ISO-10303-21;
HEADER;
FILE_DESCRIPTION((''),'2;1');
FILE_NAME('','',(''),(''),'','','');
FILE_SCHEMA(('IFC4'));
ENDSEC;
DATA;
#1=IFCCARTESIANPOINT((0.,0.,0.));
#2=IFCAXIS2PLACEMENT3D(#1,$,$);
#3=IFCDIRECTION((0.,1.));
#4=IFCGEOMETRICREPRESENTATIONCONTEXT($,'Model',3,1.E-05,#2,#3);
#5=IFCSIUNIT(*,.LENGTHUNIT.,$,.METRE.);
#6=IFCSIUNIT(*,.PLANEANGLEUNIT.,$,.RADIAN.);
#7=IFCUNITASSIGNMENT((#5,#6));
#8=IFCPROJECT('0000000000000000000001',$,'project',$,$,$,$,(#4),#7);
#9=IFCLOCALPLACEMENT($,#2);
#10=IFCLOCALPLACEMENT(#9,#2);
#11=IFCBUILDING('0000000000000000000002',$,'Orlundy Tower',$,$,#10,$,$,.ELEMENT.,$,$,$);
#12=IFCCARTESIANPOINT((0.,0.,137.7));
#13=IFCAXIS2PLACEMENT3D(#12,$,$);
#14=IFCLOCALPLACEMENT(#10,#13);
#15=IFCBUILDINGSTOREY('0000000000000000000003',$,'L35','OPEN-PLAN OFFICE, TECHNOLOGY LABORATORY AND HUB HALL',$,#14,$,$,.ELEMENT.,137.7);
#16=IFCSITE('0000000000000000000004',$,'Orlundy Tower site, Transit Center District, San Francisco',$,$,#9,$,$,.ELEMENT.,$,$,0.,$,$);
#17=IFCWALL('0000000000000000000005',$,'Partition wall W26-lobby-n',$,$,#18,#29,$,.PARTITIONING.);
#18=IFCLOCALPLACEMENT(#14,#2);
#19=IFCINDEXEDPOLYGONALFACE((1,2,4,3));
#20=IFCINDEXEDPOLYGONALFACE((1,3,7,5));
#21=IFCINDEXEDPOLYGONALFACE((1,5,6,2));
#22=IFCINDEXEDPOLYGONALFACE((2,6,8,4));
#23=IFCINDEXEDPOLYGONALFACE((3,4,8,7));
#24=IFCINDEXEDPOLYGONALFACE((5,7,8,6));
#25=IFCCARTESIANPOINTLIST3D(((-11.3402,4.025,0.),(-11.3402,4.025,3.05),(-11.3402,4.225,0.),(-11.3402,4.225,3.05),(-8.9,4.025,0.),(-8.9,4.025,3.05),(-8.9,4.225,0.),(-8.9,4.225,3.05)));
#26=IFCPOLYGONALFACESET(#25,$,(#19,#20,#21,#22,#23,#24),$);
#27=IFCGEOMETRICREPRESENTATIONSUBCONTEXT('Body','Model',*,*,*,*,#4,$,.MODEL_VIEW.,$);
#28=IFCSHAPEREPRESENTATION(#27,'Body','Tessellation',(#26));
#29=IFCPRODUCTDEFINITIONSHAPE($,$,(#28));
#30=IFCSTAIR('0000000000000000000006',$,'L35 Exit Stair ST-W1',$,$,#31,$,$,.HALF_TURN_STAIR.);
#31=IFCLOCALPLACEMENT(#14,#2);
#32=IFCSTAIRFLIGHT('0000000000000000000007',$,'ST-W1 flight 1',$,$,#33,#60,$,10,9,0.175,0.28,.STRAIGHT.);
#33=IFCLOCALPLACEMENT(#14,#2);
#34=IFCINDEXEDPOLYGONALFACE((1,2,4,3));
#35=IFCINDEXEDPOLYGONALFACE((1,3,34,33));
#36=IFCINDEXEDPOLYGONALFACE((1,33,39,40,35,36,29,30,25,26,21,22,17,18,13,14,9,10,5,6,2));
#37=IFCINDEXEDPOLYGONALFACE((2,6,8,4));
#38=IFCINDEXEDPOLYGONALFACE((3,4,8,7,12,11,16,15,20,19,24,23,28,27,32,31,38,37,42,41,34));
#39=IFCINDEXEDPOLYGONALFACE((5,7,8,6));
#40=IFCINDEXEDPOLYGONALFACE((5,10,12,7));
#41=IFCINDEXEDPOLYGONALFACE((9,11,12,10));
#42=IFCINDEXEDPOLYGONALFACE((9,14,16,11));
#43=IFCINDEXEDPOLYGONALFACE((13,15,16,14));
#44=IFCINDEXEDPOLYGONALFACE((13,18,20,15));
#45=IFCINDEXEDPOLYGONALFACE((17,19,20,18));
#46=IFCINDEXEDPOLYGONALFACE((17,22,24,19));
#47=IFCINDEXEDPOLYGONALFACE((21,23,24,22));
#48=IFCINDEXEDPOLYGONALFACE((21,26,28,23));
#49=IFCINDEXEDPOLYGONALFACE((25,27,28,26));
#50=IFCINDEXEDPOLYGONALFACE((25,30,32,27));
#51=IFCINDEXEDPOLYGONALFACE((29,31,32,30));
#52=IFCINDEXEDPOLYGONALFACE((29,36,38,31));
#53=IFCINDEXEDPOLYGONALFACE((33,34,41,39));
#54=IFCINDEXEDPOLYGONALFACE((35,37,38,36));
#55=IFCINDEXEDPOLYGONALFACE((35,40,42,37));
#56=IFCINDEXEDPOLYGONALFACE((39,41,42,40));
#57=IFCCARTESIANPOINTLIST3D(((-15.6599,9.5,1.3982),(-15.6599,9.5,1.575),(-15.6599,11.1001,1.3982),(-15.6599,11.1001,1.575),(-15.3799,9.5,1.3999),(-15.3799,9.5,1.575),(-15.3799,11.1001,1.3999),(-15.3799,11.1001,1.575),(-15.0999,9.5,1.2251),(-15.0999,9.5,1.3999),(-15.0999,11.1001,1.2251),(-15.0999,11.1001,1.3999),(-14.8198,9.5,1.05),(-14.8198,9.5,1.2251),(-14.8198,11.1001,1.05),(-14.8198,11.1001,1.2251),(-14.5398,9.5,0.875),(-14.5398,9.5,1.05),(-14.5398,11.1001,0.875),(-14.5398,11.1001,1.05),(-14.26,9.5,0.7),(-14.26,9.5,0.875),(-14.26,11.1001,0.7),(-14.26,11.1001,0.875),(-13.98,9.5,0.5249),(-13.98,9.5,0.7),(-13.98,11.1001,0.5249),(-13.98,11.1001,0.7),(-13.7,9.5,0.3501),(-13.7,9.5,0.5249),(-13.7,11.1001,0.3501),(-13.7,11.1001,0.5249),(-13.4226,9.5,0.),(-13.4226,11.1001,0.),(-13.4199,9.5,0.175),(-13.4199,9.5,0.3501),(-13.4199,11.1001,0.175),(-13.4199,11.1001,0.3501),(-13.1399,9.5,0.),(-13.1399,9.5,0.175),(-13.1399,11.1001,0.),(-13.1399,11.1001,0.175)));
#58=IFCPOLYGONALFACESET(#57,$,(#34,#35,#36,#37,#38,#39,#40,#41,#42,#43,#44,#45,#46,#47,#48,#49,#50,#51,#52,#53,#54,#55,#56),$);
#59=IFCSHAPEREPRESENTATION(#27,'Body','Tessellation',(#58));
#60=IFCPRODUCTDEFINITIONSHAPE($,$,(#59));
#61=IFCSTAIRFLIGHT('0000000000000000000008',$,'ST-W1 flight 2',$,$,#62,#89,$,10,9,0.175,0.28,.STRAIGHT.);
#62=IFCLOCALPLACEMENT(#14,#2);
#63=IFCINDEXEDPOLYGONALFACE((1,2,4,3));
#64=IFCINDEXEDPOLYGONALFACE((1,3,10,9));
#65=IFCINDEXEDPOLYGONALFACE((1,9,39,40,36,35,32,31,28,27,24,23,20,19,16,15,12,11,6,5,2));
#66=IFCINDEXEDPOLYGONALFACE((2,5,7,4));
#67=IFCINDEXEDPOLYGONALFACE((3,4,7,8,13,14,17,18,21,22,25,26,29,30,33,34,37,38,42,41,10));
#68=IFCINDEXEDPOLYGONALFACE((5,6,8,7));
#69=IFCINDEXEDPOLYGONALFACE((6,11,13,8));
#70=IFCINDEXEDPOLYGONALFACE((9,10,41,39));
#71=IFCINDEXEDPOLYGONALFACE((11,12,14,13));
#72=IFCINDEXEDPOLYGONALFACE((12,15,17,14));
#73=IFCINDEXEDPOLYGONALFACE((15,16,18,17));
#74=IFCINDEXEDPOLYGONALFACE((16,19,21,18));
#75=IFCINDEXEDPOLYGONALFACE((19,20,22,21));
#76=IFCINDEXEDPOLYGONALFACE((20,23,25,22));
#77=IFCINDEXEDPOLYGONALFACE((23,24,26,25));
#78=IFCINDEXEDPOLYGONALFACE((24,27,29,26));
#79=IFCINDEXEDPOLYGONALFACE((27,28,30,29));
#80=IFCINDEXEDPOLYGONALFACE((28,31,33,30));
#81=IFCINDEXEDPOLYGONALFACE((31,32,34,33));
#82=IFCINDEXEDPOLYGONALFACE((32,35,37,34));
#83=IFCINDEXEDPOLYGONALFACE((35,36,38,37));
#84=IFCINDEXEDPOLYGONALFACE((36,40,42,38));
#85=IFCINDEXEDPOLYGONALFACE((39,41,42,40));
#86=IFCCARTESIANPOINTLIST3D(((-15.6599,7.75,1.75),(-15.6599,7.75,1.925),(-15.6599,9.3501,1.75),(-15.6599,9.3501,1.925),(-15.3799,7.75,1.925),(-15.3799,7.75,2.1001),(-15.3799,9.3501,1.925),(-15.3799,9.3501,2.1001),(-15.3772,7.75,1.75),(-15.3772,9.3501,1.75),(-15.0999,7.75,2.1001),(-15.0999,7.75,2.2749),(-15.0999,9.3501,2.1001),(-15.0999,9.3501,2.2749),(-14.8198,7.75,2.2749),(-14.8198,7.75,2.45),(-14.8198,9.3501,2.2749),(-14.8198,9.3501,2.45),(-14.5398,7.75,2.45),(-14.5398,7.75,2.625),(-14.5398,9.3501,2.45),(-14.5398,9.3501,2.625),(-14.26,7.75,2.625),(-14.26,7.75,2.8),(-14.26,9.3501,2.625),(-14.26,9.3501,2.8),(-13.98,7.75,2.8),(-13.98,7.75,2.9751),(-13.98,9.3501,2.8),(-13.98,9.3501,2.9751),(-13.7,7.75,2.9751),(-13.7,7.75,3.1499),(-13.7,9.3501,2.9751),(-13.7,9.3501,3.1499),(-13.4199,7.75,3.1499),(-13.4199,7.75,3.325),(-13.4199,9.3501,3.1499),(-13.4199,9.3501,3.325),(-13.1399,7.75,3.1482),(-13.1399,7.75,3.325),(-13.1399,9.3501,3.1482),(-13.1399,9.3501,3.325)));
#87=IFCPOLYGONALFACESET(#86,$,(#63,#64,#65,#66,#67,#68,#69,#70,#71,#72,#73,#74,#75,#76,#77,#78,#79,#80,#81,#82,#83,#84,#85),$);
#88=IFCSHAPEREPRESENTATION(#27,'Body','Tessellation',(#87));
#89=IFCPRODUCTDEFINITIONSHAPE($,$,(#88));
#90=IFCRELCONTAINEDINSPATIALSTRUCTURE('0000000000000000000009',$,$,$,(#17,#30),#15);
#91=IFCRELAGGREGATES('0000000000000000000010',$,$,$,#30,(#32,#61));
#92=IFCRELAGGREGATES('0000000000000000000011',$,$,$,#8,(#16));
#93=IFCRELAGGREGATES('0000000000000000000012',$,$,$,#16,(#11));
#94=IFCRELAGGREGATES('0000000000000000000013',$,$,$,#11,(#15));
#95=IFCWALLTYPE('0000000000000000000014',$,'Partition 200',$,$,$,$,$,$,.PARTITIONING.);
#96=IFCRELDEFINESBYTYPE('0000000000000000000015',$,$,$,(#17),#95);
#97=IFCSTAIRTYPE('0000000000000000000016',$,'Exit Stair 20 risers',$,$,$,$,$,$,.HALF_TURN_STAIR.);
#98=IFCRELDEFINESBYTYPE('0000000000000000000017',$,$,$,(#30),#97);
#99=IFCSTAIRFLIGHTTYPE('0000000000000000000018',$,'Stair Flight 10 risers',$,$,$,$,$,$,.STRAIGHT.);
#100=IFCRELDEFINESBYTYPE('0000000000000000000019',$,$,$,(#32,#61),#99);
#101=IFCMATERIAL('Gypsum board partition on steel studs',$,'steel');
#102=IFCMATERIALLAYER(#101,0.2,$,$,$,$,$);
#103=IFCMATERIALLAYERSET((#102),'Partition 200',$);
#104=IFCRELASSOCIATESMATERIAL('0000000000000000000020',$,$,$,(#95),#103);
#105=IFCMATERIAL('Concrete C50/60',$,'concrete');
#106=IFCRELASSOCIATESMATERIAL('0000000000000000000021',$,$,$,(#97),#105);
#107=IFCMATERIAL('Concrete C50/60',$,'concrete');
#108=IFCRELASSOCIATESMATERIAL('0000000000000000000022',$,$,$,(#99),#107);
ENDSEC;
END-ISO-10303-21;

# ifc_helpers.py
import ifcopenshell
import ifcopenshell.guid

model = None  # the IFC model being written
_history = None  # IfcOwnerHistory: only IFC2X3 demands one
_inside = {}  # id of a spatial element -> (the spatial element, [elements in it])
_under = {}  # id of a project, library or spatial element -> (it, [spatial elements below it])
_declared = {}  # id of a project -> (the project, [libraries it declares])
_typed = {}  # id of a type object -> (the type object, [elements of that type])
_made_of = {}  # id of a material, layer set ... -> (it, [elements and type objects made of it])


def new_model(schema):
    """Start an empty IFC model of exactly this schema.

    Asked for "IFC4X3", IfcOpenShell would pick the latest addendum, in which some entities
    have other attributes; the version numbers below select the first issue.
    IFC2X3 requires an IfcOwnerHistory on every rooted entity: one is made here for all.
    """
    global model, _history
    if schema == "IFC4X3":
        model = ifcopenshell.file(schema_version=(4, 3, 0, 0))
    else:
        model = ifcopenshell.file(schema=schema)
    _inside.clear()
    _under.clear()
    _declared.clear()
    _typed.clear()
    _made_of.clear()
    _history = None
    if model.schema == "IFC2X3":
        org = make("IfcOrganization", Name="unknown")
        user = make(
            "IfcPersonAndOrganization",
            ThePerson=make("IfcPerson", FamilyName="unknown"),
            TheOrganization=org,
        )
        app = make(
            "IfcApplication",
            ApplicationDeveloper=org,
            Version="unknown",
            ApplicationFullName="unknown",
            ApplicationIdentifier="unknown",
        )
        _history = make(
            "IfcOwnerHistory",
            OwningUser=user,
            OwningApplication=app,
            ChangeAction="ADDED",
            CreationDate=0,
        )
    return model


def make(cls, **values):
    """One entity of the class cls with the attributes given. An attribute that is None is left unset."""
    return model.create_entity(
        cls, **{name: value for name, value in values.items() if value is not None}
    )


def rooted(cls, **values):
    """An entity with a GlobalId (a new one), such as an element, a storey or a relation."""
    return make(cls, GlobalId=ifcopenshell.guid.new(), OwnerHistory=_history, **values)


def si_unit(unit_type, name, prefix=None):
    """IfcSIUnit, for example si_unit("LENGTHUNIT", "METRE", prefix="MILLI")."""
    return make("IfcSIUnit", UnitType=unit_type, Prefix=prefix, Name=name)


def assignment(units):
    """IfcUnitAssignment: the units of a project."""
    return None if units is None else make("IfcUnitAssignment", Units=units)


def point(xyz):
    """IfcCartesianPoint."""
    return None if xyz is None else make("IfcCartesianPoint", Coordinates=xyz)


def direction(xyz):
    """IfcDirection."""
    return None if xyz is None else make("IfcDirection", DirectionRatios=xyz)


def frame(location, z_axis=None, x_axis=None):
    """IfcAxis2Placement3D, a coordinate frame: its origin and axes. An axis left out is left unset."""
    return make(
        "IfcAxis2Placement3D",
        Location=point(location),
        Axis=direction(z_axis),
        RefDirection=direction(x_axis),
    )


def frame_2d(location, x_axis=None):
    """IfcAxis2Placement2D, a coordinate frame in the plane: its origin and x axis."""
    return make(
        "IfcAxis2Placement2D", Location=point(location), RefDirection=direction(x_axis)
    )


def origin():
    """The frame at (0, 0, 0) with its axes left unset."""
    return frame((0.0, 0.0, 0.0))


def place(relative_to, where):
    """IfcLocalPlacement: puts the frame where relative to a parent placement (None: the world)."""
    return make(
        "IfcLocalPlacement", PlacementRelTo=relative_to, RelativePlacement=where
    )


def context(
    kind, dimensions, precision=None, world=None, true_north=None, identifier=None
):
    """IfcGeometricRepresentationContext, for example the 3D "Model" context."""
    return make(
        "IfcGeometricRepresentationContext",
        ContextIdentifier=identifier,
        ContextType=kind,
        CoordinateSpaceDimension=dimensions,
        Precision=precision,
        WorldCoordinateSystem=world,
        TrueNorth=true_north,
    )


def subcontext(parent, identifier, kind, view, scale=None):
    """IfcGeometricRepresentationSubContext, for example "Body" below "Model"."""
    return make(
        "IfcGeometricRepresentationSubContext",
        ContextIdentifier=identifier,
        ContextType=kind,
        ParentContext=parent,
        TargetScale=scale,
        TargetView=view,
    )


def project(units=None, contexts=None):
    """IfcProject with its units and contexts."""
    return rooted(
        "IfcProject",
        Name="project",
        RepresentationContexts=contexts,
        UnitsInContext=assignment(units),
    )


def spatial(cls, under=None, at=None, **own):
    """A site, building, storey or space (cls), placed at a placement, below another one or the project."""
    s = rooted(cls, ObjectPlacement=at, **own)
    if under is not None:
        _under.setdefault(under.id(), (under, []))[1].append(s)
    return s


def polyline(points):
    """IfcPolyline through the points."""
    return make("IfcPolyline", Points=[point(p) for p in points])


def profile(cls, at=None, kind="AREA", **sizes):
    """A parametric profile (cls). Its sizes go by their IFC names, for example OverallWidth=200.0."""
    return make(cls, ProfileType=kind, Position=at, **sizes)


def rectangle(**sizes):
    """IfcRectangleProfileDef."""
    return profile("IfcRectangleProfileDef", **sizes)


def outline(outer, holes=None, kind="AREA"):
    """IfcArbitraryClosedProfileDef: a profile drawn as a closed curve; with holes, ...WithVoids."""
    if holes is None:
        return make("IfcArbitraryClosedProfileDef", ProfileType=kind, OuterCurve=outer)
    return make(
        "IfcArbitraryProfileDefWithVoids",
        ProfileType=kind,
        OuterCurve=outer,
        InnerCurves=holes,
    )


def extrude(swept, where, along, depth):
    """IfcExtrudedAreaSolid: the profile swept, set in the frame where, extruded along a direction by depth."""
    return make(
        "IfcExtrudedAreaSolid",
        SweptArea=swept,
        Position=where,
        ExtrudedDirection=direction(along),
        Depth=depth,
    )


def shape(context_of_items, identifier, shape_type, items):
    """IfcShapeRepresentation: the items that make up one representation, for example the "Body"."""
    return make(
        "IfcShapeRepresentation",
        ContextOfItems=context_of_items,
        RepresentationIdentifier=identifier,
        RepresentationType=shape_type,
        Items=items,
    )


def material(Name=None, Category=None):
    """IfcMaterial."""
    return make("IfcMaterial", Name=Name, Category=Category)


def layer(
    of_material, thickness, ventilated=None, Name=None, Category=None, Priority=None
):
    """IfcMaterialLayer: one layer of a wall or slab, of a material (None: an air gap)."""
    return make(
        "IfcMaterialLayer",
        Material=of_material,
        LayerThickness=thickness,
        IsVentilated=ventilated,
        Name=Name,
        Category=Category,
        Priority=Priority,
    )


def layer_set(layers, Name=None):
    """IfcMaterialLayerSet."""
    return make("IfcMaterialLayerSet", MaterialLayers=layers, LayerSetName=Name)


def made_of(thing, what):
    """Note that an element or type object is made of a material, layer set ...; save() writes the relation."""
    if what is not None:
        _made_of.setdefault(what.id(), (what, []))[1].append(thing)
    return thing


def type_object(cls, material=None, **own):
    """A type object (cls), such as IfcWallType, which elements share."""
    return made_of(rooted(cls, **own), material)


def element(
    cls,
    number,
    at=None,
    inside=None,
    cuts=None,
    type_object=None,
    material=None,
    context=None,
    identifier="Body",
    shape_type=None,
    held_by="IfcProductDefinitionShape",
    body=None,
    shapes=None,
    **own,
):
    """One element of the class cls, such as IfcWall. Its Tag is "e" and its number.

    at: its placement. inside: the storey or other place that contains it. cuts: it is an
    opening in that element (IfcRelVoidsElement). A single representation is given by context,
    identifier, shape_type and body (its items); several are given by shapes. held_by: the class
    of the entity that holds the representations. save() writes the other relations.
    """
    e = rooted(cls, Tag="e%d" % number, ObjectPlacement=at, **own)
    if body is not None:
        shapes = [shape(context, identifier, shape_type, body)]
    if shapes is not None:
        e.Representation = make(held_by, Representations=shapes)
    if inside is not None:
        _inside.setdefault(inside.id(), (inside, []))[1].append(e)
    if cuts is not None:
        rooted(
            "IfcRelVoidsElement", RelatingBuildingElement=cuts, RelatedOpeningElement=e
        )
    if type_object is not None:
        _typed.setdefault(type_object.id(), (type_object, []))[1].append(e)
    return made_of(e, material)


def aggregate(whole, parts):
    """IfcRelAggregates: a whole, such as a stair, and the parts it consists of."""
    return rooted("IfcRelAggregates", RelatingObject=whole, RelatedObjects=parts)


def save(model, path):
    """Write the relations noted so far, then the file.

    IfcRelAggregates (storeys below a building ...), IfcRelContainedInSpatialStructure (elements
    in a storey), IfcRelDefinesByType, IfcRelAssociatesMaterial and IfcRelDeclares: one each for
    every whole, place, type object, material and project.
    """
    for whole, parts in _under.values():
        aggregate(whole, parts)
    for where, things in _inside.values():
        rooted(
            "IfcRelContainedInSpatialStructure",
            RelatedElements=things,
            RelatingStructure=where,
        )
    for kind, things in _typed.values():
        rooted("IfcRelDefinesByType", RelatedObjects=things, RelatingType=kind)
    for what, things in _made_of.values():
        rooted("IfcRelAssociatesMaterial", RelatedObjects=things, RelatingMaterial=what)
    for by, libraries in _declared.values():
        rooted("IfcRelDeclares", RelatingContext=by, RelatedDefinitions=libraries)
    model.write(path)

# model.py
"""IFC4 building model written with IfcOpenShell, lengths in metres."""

from ifc_helpers import new_model, si_unit, direction, frame, frame_2d, origin, place, context, subcontext, project, spatial, polyline, rectangle, outline, extrude, material, layer, layer_set, type_object, element, aggregate, save


model = new_model("IFC4")

# Units and contexts
model_context = context("Model", 3, precision=1e-05, world=origin(), true_north=direction((0.0, 1.0)))
body_context = subcontext(model_context, "Body", "Model", "MODEL_VIEW")
ifc_project = project(units=[si_unit("LENGTHUNIT", "METRE"), si_unit("PLANEANGLEUNIT", "RADIAN")], contexts=[model_context])

# Site, building, storey
site_placement = place(None, origin())
site = spatial("IfcSite", under=ifc_project, at=site_placement, Name="Orlundy Tower site, Transit Center District, San Francisco", CompositionType="ELEMENT", RefElevation=0.0)
building_placement = place(site_placement, origin())
building = spatial("IfcBuilding", under=site, at=building_placement, Name="Orlundy Tower", CompositionType="ELEMENT")
storey_placement = place(building_placement, frame((0.0, 0.0, 137.7)))
storey = spatial("IfcBuildingStorey", under=building, at=storey_placement, Name="L35", Description="OPEN-PLAN OFFICE, TECHNOLOGY LABORATORY AND HUB HALL", CompositionType="ELEMENT", Elevation=137.7)

# Wall
ifc_material_1 = material(Name="Gypsum board partition on steel studs", Category="steel")
ifc_layer_1 = layer(ifc_material_1, 0.2)
ifc_layer_set_1 = layer_set([ifc_layer_1], Name="Partition 200")
wall_type_1 = type_object("IfcWallType", Name="Partition 200", PredefinedType="PARTITIONING", material=ifc_layer_set_1)
wall_1_placement = place(storey_placement, frame((-8.8999, 4.125, 0.0), z_axis=(0.0, 0.0, 1.0), x_axis=(-1.0, 0.0, 0.0)))
element("IfcWall", 1, at=wall_1_placement, inside=storey, type_object=wall_type_1, Name="Partition wall W26-lobby-n", PredefinedType="PARTITIONING", context=body_context, shape_type="SweptSolid", body=[
    extrude(rectangle(XDim=2.4402, YDim=0.2, at=frame_2d((1.2202, 0.0))), origin(), (0.0, 0.0, 1.0), 3.05),
])

# Stair, stair flights
ifc_material_2 = material(Name="Concrete C50/60", Category="concrete")
stair_type = type_object("IfcStairType", Name="Exit Stair 20 risers", PredefinedType="HALF_TURN_STAIR", material=ifc_material_2)
stair_placement = place(storey_placement, origin())
stair = element("IfcStair", 2, at=stair_placement, inside=storey, type_object=stair_type, Name="L35 Exit Stair ST-W1", PredefinedType="HALF_TURN_STAIR")
ifc_material_3 = material(Name="Concrete C50/60", Category="concrete")
stair_flight_type = type_object("IfcStairFlightType", Name="Stair Flight 10 risers", PredefinedType="STRAIGHT", material=ifc_material_3)
stair_flight_1_placement = place(storey_placement, frame((-13.1399, 10.3, 0.0), z_axis=(0.0, 0.0, 1.0), x_axis=(-1.0, 0.0, 0.0)))
stair_flight_1 = element("IfcStairFlight", 3, at=stair_flight_1_placement, type_object=stair_flight_type, Name="ST-W1 flight 1", NumberOfRisers=10, NumberOfTreads=9, PredefinedType="STRAIGHT", RiserHeight=0.175, TreadLength=0.28, context=body_context, shape_type="SweptSolid", body=[
    extrude(outline(polyline([(0.0, 0.0), (0.0, 0.175), (0.28, 0.175), (0.28, 0.3501), (0.5601, 0.3501), (0.5601, 0.5249), (0.8401, 0.5249), (0.8401, 0.7), (1.1201, 0.7), (1.1201, 0.875), (1.3999, 0.875), (1.3999, 1.05), (1.6799, 1.05), (1.6799, 1.2251), (1.96, 1.2251), (1.96, 1.3999), (2.24, 1.3999), (2.24, 1.575), (2.52, 1.575), (2.52, 1.75), (2.52, 1.3982), (0.2827, 0.0), (0.0, 0.0)])), frame((0.0, 0.8, 0.0), z_axis=(0.0, -1.0, 0.0), x_axis=(1.0, 0.0, 0.0)), (0.0, 0.0, 1.0), 1.6001),
])
stair_flight_2_placement = place(storey_placement, frame((-15.6599, 8.55, 1.75), z_axis=(0.0, 0.0, 1.0), x_axis=(1.0, 0.0, 0.0)))
stair_flight_2 = element("IfcStairFlight", 4, at=stair_flight_2_placement, type_object=stair_flight_type, Name="ST-W1 flight 2", NumberOfRisers=10, NumberOfTreads=9, PredefinedType="STRAIGHT", RiserHeight=0.175, TreadLength=0.28, context=body_context, shape_type="SweptSolid", body=[
    extrude(outline(polyline([(0.0, 0.0), (0.0, 0.175), (0.28, 0.175), (0.28, 0.3501), (0.5601, 0.3501), (0.5601, 0.5249), (0.8401, 0.5249), (0.8401, 0.7), (1.1201, 0.7), (1.1201, 0.875), (1.3999, 0.875), (1.3999, 1.05), (1.6799, 1.05), (1.6799, 1.2251), (1.96, 1.2251), (1.96, 1.3999), (2.24, 1.3999), (2.24, 1.575), (2.52, 1.575), (2.52, 1.75), (2.52, 1.3982), (0.2827, 0.0), (0.0, 0.0)])), frame((0.0, 0.8, 0.0), z_axis=(0.0, -1.0, 0.0), x_axis=(1.0, 0.0, 0.0)), (0.0, 0.0, 1.0), 1.6001),
])
aggregate(stair, [stair_flight_1, stair_flight_2])

save(model, "model.ifc")
